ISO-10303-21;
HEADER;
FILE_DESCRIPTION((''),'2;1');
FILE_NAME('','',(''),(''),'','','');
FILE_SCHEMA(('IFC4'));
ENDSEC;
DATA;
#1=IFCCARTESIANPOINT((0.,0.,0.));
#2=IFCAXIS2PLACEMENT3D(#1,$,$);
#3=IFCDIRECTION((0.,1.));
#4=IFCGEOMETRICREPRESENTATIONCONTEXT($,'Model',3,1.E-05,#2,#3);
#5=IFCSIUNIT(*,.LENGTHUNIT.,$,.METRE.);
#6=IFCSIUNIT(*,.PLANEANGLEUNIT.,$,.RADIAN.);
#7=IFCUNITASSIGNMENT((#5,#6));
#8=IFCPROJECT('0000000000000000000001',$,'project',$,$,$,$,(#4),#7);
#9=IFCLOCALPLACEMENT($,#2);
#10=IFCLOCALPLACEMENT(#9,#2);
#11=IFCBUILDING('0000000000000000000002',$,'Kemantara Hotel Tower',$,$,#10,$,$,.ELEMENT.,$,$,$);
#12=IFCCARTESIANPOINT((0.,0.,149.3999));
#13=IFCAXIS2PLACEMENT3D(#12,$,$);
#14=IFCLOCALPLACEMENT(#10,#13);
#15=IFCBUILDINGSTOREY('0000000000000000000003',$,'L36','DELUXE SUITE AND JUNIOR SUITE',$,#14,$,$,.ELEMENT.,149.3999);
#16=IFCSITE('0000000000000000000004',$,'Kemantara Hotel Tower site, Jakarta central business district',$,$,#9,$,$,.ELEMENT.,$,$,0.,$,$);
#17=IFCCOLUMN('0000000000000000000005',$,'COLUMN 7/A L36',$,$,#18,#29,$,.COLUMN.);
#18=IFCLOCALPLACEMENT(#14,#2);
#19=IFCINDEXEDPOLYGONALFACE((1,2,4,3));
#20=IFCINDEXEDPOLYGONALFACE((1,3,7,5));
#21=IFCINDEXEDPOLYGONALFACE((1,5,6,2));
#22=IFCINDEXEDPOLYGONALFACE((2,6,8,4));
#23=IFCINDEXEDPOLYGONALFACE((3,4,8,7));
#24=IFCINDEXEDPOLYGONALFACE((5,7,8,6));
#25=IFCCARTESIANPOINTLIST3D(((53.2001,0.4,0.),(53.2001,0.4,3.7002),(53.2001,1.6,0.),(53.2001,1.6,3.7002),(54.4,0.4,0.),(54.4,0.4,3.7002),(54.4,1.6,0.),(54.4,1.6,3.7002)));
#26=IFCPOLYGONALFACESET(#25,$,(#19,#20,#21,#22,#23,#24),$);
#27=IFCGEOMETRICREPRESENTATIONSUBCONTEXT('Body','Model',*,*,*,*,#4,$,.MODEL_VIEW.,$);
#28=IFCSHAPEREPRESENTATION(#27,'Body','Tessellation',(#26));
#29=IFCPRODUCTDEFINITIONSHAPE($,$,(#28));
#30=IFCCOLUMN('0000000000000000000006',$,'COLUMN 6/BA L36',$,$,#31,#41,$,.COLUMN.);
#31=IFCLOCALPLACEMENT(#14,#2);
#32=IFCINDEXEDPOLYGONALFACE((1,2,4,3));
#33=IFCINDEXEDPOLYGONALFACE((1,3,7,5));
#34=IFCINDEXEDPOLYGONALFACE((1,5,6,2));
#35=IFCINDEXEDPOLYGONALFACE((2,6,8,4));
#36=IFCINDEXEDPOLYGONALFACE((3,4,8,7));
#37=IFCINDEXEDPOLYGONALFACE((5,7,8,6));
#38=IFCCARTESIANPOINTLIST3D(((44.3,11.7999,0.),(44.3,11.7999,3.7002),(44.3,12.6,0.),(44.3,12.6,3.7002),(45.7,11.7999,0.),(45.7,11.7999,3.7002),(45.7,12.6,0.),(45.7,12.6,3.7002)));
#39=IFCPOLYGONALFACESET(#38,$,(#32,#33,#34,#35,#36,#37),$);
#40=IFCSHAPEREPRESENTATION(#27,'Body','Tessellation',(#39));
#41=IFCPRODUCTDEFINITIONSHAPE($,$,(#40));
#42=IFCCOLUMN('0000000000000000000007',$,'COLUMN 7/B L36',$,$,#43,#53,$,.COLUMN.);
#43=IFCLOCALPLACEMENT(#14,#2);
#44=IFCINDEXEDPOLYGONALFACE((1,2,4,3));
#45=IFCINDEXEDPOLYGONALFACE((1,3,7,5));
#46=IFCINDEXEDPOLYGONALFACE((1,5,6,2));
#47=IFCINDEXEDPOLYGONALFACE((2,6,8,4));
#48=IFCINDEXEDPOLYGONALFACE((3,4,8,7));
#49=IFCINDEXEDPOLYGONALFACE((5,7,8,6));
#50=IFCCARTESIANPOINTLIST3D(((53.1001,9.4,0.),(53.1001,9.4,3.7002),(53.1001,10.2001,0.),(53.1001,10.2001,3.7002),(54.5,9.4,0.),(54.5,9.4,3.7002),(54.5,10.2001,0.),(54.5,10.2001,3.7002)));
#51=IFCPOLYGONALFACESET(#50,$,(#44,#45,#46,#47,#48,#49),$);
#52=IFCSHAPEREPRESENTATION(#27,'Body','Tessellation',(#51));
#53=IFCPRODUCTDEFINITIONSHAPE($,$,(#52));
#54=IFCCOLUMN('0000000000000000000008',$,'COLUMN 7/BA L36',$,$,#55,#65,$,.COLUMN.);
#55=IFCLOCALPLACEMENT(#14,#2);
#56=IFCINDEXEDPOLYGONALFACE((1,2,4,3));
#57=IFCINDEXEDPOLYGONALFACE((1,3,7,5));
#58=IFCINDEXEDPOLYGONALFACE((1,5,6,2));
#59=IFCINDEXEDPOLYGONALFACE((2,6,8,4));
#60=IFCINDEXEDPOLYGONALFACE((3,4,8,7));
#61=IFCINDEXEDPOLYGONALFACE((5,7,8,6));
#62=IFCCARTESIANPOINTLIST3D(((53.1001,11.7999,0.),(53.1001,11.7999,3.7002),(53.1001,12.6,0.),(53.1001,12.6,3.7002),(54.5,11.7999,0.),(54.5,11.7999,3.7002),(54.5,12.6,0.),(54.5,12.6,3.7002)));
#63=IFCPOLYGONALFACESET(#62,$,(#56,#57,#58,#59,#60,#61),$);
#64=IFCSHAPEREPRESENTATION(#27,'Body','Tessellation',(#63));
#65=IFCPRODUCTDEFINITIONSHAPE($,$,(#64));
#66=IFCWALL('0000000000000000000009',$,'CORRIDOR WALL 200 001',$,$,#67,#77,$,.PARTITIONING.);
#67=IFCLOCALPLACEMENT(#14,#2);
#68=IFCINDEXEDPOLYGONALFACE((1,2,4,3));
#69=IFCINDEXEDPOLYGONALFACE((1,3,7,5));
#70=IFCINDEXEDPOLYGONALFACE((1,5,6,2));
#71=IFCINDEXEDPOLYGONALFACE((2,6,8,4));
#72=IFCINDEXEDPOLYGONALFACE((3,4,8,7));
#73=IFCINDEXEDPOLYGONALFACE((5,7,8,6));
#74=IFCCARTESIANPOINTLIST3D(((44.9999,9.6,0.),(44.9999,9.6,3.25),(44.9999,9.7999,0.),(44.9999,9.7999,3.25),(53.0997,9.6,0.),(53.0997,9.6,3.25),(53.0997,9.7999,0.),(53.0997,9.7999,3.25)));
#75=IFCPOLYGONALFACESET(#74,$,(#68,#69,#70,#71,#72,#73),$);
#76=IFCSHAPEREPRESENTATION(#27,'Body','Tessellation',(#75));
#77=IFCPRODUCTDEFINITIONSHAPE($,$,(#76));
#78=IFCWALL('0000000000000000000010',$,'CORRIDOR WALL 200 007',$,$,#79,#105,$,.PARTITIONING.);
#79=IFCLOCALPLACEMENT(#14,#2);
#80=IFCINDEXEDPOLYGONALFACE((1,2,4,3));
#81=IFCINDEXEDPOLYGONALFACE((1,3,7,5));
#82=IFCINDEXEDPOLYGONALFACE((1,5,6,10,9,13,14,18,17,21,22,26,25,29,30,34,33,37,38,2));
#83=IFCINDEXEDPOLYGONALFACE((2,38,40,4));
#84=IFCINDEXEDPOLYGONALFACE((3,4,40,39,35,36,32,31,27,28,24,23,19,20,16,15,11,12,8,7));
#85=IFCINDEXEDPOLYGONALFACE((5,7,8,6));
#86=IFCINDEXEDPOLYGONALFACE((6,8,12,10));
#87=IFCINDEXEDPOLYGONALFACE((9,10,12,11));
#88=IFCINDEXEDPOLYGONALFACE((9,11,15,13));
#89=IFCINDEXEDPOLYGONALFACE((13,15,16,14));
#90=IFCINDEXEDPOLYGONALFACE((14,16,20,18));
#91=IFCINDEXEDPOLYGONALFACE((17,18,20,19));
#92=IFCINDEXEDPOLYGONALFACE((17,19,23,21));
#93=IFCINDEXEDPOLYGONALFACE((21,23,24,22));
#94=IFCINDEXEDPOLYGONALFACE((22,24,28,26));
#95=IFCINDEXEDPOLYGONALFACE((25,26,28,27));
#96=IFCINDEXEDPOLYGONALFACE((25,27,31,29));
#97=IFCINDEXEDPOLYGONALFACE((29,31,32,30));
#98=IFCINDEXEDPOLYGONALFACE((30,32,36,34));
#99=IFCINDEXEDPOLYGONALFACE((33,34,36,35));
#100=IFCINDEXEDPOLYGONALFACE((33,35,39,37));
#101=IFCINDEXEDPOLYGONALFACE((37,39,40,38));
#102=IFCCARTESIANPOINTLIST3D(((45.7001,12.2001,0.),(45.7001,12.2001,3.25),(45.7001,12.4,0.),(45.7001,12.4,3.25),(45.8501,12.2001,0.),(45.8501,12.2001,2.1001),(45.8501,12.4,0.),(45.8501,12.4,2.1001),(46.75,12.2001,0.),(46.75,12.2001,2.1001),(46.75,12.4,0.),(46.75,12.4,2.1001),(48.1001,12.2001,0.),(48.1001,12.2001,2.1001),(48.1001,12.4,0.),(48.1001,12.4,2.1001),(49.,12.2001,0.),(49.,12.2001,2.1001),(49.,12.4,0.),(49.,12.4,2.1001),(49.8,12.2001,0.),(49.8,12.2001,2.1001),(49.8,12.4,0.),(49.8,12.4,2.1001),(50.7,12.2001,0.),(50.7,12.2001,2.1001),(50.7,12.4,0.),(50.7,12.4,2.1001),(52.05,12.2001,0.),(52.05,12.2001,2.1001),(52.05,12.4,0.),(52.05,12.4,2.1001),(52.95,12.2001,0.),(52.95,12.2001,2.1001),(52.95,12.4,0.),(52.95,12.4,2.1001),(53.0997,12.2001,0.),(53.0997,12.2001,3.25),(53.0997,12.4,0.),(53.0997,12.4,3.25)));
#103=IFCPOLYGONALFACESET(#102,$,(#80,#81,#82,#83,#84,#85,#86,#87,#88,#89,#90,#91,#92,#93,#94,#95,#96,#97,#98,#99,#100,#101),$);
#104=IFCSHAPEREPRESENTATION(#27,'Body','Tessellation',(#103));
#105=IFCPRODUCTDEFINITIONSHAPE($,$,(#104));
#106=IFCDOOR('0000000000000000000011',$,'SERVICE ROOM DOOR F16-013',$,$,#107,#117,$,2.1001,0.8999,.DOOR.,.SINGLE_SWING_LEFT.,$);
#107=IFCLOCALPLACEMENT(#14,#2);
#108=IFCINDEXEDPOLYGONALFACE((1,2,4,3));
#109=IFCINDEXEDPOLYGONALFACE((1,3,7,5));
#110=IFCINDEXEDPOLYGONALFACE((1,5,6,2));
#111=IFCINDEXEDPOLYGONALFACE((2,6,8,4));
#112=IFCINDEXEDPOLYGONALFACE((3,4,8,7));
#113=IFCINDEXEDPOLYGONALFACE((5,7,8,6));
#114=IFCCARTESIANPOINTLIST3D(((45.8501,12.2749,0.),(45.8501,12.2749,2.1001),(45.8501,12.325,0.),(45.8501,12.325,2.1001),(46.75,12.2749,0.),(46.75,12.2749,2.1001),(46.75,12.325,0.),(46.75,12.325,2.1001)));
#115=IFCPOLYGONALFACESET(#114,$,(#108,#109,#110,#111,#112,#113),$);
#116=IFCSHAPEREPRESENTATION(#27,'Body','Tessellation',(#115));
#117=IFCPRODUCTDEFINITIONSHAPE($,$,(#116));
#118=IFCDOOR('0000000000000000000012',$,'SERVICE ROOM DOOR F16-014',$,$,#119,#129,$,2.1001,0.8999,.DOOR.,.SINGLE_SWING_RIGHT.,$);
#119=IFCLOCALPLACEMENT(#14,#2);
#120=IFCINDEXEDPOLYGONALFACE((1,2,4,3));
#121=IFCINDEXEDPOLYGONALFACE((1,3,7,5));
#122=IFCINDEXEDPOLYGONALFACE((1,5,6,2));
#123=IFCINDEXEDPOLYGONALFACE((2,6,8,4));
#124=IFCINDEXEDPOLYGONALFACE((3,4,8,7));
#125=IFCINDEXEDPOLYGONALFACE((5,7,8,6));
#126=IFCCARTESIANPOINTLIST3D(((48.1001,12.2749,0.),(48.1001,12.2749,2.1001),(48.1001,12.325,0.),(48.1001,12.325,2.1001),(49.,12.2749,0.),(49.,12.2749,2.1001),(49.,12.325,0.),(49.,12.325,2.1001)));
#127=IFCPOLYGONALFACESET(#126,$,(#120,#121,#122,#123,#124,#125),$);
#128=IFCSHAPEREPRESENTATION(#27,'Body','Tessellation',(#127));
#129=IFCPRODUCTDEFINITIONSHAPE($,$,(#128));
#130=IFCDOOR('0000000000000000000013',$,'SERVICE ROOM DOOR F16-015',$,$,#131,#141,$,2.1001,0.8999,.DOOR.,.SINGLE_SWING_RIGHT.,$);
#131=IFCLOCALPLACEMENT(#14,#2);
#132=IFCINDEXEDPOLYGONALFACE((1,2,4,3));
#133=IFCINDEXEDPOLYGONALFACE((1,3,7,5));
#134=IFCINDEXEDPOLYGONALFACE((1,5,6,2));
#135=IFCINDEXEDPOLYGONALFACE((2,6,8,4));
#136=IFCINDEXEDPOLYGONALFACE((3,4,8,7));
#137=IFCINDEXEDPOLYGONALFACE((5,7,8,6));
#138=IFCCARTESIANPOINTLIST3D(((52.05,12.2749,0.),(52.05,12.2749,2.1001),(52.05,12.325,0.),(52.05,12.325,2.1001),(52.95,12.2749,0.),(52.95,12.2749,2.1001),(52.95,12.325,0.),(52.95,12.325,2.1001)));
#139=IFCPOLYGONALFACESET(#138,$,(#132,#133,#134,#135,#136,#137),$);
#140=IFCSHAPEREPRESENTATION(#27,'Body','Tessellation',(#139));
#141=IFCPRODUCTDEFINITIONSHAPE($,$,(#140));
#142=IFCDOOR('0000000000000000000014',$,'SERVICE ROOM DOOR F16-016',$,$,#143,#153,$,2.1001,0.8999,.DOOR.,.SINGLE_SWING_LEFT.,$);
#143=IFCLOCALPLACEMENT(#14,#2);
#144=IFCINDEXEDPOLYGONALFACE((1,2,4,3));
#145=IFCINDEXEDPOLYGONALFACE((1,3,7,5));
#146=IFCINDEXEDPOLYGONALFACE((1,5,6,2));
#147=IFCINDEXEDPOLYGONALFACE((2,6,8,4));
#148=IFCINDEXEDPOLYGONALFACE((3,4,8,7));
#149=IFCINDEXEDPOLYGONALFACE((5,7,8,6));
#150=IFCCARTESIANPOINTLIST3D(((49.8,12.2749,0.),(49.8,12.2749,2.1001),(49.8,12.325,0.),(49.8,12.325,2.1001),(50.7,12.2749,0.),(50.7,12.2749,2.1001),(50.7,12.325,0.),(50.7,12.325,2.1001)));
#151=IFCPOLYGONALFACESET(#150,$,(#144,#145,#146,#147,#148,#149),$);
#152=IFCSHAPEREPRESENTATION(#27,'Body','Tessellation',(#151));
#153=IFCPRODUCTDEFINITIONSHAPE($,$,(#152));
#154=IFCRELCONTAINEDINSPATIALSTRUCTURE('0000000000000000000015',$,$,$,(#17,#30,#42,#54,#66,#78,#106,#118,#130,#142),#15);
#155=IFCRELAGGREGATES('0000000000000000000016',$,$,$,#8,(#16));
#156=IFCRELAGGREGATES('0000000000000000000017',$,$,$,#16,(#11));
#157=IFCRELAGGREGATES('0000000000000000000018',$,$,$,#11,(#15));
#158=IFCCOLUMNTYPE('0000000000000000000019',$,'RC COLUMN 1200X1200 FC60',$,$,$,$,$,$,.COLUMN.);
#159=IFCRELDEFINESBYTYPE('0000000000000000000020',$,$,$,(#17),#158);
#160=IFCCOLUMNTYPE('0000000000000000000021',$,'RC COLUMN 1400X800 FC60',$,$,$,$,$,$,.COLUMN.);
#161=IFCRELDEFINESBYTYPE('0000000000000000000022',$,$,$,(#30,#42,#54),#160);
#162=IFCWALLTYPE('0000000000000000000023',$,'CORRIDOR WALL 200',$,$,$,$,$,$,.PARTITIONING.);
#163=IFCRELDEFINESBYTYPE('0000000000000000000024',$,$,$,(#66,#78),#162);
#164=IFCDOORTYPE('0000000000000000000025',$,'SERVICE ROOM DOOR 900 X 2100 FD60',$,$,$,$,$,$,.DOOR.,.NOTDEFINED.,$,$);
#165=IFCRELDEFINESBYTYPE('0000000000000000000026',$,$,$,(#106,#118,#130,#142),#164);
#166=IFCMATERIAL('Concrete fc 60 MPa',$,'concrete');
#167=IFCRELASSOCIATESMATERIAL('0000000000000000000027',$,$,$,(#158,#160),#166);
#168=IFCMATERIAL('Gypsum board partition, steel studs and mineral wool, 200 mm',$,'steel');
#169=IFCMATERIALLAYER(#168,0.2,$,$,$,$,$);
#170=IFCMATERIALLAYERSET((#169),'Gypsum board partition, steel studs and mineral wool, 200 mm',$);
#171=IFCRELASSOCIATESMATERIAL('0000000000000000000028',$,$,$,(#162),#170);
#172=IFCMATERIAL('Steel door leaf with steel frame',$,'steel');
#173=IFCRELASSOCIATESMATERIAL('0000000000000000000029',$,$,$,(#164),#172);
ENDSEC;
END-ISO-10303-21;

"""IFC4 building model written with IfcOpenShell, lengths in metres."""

from ifc_helpers import new_model, si_unit, direction, frame, frame_2d, origin, origin_2d, place, context, subcontext, project, spatial, rectangle, extrude, material, layer, layer_set, material_profile, profile_set, type_object, element, fill, save


model = new_model("IFC4")

# Units and contexts
model_context = context("Model", 3, precision=1e-05, world=origin(), true_north=direction((0.0, 1.0)))
body_context = subcontext(model_context, "Body", "Model", "MODEL_VIEW")
ifc_project = project(units=[si_unit("LENGTHUNIT", "METRE"), si_unit("PLANEANGLEUNIT", "RADIAN")], contexts=[model_context])

# Site, building, storey
site_placement = place(None, origin())
site = spatial("IfcSite", under=ifc_project, at=site_placement, Name="Kemantara Hotel Tower site, Jakarta central business district", CompositionType="ELEMENT", RefElevation=0.0)
building_placement = place(site_placement, origin())
building = spatial("IfcBuilding", under=site, at=building_placement, Name="Kemantara Hotel Tower", CompositionType="ELEMENT")
storey_placement = place(building_placement, frame((0.0, 0.0, 149.3999)))
storey = spatial("IfcBuildingStorey", under=building, at=storey_placement, Name="L36", Description="DELUXE SUITE AND JUNIOR SUITE", CompositionType="ELEMENT", Elevation=149.3999)

# Columns
ifc_material_1 = material(Name="Concrete fc 60 MPa", Category="concrete")
ifc_material_profile_1 = material_profile(ifc_material_1, rectangle(XDim=1.2, YDim=1.2, at=origin_2d()), Name="RC 1200X1200")
ifc_profile_set_1 = profile_set([ifc_material_profile_1], Name="Concrete fc 60 MPa")
column_type_1 = type_object("IfcColumnType", Name="RC COLUMN 1200X1200 FC60", PredefinedType="COLUMN", material=ifc_profile_set_1)
column_placement = place(storey_placement, frame((53.8, 1.0, 0.0), z_axis=(0.0, 0.0, 1.0), x_axis=(1.0, 0.0, 0.0)))
element("IfcColumn", 1, at=column_placement, inside=storey, type_object=column_type_1, Name="COLUMN 7/A L36", PredefinedType="COLUMN", context=body_context, shape_type="SweptSolid", body=[
    extrude(rectangle(XDim=1.2, YDim=1.2, at=origin_2d()), origin(), (0.0, 0.0, 1.0), 3.7002),
])
ifc_material_profile_2 = material_profile(ifc_material_1, rectangle(XDim=1.3999, YDim=0.8, at=origin_2d()), Name="RC 1400X800")
ifc_profile_set_2 = profile_set([ifc_material_profile_2], Name="Concrete fc 60 MPa")
column_type_2 = type_object("IfcColumnType", Name="RC COLUMN 1400X800 FC60", PredefinedType="COLUMN", material=ifc_profile_set_2)
for number, where, z_axis, x_axis, name in (
    (2, (45.0, 12.2, 0.0), (0.0, 0.0, 1.0), (1.0, 0.0, 0.0), "COLUMN 6/BA L36"),
    (3, (53.8, 9.8, 0.0), (0.0, 0.0, 1.0), (1.0, 0.0, 0.0), "COLUMN 7/B L36"),
    (4, (53.8, 12.2, 0.0), (0.0, 0.0, 1.0), (1.0, 0.0, 0.0), "COLUMN 7/BA L36"),
):
    element("IfcColumn", number, at=place(storey_placement, frame(where, z_axis=z_axis, x_axis=x_axis)), inside=storey, type_object=column_type_2, Name=name, PredefinedType="COLUMN", context=body_context, shape_type="SweptSolid", body=[
        extrude(rectangle(XDim=1.3999, YDim=0.8, at=origin_2d()), origin(), (0.0, 0.0, 1.0), 3.7002),
    ])

# Wall
ifc_material_2 = material(Name="Gypsum board partition, steel studs and mineral wool, 200 mm", Category="steel")
ifc_layer_1 = layer(ifc_material_2, 0.2)
ifc_layer_set_1 = layer_set([ifc_layer_1], Name="Gypsum board partition, steel studs and mineral wool, 200 mm")
wall_type_1 = type_object("IfcWallType", Name="CORRIDOR WALL 200", PredefinedType="PARTITIONING", material=ifc_layer_set_1)
wall_1_placement = place(storey_placement, frame((45.0, 9.7, 0.0), z_axis=(0.0, 0.0, 1.0), x_axis=(1.0, 0.0, 0.0)))
element("IfcWall", 5, at=wall_1_placement, inside=storey, type_object=wall_type_1, Name="CORRIDOR WALL 200 001", PredefinedType="PARTITIONING", context=body_context, shape_type="SweptSolid", body=[
    extrude(rectangle(XDim=8.0999, YDim=0.2, at=frame_2d((4.0498, 0.0))), origin(), (0.0, 0.0, 1.0), 3.25),
])

# Wall, openings, doors
wall_2_placement = place(storey_placement, frame((45.7002, 12.3, 0.0), z_axis=(0.0, 0.0, 1.0), x_axis=(1.0, 0.0, 0.0)))
wall_2 = element("IfcWall", 6, at=wall_2_placement, inside=storey, type_object=wall_type_1, Name="CORRIDOR WALL 200 007", PredefinedType="PARTITIONING", context=body_context, shape_type="SweptSolid", body=[
    extrude(rectangle(XDim=7.3997, YDim=0.2, at=frame_2d((3.6997, 0.0))), origin(), (0.0, 0.0, 1.0), 3.25),
])
opening_1_placement = place(wall_2_placement, frame((0.1499, 0.0, 0.0)))
opening_1 = element("IfcOpeningElement", 7, at=opening_1_placement, cuts=wall_2, PredefinedType="OPENING", context=body_context, shape_type="SweptSolid", body=[
    extrude(rectangle(XDim=0.8999, YDim=2.1001, at=frame_2d((0.45, 1.05))), frame((0.0, 0.1099, 0.0), z_axis=(0.0, -1.0, 0.0), x_axis=(1.0, 0.0, 0.0)), (0.0, 0.0, 1.0), 0.22),
])
opening_2_placement = place(wall_2_placement, frame((2.3999, 0.0, 0.0)))
opening_2 = element("IfcOpeningElement", 8, at=opening_2_placement, cuts=wall_2, PredefinedType="OPENING", context=body_context, shape_type="SweptSolid", body=[
    extrude(rectangle(XDim=0.8999, YDim=2.1001, at=frame_2d((0.45, 1.05))), frame((0.0, 0.1099, 0.0), z_axis=(0.0, -1.0, 0.0), x_axis=(1.0, 0.0, 0.0)), (0.0, 0.0, 1.0), 0.22),
])
opening_3_placement = place(wall_2_placement, frame((6.3499, 0.0, 0.0)))
opening_3 = element("IfcOpeningElement", 9, at=opening_3_placement, cuts=wall_2, PredefinedType="OPENING", context=body_context, shape_type="SweptSolid", body=[
    extrude(rectangle(XDim=0.8999, YDim=2.1001, at=frame_2d((0.45, 1.05))), frame((0.0, 0.1099, 0.0), z_axis=(0.0, -1.0, 0.0), x_axis=(1.0, 0.0, 0.0)), (0.0, 0.0, 1.0), 0.22),
])
opening_4_placement = place(wall_2_placement, frame((4.0999, 0.0, 0.0)))
opening_4 = element("IfcOpeningElement", 10, at=opening_4_placement, cuts=wall_2, PredefinedType="OPENING", context=body_context, shape_type="SweptSolid", body=[
    extrude(rectangle(XDim=0.8999, YDim=2.1001, at=frame_2d((0.45, 1.05))), frame((0.0, 0.1099, 0.0), z_axis=(0.0, -1.0, 0.0), x_axis=(1.0, 0.0, 0.0)), (0.0, 0.0, 1.0), 0.22),
])
ifc_material_3 = material(Name="Steel door leaf with steel frame", Category="steel")
door_type_1 = type_object("IfcDoorType", Name="SERVICE ROOM DOOR 900 X 2100 FD60", OperationType="NOTDEFINED", PredefinedType="DOOR", material=ifc_material_3)
door_1_placement = place(opening_1_placement, origin())
door_1 = element("IfcDoor", 11, at=door_1_placement, inside=storey, type_object=door_type_1, Name="SERVICE ROOM DOOR F16-013", OperationType="SINGLE_SWING_LEFT", OverallHeight=2.1001, OverallWidth=0.8999, PredefinedType="DOOR", context=body_context, shape_type="SweptSolid", body=[
    extrude(rectangle(XDim=0.8999, YDim=2.1001, at=frame_2d((0.45, 1.05))), frame((0.0, 0.0249, 0.0), z_axis=(0.0, -1.0, 0.0), x_axis=(1.0, 0.0, 0.0)), (0.0, 0.0, 1.0), 0.05),
])
fill(opening_1, door_1)
door_2_placement = place(opening_2_placement, origin())
door_2 = element("IfcDoor", 12, at=door_2_placement, inside=storey, type_object=door_type_1, Name="SERVICE ROOM DOOR F16-014", OperationType="SINGLE_SWING_RIGHT", OverallHeight=2.1001, OverallWidth=0.8999, PredefinedType="DOOR", context=body_context, shape_type="SweptSolid", body=[
    extrude(rectangle(XDim=0.8999, YDim=2.1001, at=frame_2d((0.45, 1.05))), frame((0.0, 0.0249, 0.0), z_axis=(0.0, -1.0, 0.0), x_axis=(1.0, 0.0, 0.0)), (0.0, 0.0, 1.0), 0.05),
])
fill(opening_2, door_2)
door_3_placement = place(opening_3_placement, origin())
door_3 = element("IfcDoor", 13, at=door_3_placement, inside=storey, type_object=door_type_1, Name="SERVICE ROOM DOOR F16-015", OperationType="SINGLE_SWING_RIGHT", OverallHeight=2.1001, OverallWidth=0.8999, PredefinedType="DOOR", context=body_context, shape_type="SweptSolid", body=[
    extrude(rectangle(XDim=0.8999, YDim=2.1001, at=frame_2d((0.45, 1.05))), frame((0.0, 0.0249, 0.0), z_axis=(0.0, -1.0, 0.0), x_axis=(1.0, 0.0, 0.0)), (0.0, 0.0, 1.0), 0.05),
])
fill(opening_3, door_3)
door_4_placement = place(opening_4_placement, origin())
door_4 = element("IfcDoor", 14, at=door_4_placement, inside=storey, type_object=door_type_1, Name="SERVICE ROOM DOOR F16-016", OperationType="SINGLE_SWING_LEFT", OverallHeight=2.1001, OverallWidth=0.8999, PredefinedType="DOOR", context=body_context, shape_type="SweptSolid", body=[
    extrude(rectangle(XDim=0.8999, YDim=2.1001, at=frame_2d((0.45, 1.05))), frame((0.0, 0.0249, 0.0), z_axis=(0.0, -1.0, 0.0), x_axis=(1.0, 0.0, 0.0)), (0.0, 0.0, 1.0), 0.05),
])
fill(opening_4, door_4)

save(model, "model.ifc")
